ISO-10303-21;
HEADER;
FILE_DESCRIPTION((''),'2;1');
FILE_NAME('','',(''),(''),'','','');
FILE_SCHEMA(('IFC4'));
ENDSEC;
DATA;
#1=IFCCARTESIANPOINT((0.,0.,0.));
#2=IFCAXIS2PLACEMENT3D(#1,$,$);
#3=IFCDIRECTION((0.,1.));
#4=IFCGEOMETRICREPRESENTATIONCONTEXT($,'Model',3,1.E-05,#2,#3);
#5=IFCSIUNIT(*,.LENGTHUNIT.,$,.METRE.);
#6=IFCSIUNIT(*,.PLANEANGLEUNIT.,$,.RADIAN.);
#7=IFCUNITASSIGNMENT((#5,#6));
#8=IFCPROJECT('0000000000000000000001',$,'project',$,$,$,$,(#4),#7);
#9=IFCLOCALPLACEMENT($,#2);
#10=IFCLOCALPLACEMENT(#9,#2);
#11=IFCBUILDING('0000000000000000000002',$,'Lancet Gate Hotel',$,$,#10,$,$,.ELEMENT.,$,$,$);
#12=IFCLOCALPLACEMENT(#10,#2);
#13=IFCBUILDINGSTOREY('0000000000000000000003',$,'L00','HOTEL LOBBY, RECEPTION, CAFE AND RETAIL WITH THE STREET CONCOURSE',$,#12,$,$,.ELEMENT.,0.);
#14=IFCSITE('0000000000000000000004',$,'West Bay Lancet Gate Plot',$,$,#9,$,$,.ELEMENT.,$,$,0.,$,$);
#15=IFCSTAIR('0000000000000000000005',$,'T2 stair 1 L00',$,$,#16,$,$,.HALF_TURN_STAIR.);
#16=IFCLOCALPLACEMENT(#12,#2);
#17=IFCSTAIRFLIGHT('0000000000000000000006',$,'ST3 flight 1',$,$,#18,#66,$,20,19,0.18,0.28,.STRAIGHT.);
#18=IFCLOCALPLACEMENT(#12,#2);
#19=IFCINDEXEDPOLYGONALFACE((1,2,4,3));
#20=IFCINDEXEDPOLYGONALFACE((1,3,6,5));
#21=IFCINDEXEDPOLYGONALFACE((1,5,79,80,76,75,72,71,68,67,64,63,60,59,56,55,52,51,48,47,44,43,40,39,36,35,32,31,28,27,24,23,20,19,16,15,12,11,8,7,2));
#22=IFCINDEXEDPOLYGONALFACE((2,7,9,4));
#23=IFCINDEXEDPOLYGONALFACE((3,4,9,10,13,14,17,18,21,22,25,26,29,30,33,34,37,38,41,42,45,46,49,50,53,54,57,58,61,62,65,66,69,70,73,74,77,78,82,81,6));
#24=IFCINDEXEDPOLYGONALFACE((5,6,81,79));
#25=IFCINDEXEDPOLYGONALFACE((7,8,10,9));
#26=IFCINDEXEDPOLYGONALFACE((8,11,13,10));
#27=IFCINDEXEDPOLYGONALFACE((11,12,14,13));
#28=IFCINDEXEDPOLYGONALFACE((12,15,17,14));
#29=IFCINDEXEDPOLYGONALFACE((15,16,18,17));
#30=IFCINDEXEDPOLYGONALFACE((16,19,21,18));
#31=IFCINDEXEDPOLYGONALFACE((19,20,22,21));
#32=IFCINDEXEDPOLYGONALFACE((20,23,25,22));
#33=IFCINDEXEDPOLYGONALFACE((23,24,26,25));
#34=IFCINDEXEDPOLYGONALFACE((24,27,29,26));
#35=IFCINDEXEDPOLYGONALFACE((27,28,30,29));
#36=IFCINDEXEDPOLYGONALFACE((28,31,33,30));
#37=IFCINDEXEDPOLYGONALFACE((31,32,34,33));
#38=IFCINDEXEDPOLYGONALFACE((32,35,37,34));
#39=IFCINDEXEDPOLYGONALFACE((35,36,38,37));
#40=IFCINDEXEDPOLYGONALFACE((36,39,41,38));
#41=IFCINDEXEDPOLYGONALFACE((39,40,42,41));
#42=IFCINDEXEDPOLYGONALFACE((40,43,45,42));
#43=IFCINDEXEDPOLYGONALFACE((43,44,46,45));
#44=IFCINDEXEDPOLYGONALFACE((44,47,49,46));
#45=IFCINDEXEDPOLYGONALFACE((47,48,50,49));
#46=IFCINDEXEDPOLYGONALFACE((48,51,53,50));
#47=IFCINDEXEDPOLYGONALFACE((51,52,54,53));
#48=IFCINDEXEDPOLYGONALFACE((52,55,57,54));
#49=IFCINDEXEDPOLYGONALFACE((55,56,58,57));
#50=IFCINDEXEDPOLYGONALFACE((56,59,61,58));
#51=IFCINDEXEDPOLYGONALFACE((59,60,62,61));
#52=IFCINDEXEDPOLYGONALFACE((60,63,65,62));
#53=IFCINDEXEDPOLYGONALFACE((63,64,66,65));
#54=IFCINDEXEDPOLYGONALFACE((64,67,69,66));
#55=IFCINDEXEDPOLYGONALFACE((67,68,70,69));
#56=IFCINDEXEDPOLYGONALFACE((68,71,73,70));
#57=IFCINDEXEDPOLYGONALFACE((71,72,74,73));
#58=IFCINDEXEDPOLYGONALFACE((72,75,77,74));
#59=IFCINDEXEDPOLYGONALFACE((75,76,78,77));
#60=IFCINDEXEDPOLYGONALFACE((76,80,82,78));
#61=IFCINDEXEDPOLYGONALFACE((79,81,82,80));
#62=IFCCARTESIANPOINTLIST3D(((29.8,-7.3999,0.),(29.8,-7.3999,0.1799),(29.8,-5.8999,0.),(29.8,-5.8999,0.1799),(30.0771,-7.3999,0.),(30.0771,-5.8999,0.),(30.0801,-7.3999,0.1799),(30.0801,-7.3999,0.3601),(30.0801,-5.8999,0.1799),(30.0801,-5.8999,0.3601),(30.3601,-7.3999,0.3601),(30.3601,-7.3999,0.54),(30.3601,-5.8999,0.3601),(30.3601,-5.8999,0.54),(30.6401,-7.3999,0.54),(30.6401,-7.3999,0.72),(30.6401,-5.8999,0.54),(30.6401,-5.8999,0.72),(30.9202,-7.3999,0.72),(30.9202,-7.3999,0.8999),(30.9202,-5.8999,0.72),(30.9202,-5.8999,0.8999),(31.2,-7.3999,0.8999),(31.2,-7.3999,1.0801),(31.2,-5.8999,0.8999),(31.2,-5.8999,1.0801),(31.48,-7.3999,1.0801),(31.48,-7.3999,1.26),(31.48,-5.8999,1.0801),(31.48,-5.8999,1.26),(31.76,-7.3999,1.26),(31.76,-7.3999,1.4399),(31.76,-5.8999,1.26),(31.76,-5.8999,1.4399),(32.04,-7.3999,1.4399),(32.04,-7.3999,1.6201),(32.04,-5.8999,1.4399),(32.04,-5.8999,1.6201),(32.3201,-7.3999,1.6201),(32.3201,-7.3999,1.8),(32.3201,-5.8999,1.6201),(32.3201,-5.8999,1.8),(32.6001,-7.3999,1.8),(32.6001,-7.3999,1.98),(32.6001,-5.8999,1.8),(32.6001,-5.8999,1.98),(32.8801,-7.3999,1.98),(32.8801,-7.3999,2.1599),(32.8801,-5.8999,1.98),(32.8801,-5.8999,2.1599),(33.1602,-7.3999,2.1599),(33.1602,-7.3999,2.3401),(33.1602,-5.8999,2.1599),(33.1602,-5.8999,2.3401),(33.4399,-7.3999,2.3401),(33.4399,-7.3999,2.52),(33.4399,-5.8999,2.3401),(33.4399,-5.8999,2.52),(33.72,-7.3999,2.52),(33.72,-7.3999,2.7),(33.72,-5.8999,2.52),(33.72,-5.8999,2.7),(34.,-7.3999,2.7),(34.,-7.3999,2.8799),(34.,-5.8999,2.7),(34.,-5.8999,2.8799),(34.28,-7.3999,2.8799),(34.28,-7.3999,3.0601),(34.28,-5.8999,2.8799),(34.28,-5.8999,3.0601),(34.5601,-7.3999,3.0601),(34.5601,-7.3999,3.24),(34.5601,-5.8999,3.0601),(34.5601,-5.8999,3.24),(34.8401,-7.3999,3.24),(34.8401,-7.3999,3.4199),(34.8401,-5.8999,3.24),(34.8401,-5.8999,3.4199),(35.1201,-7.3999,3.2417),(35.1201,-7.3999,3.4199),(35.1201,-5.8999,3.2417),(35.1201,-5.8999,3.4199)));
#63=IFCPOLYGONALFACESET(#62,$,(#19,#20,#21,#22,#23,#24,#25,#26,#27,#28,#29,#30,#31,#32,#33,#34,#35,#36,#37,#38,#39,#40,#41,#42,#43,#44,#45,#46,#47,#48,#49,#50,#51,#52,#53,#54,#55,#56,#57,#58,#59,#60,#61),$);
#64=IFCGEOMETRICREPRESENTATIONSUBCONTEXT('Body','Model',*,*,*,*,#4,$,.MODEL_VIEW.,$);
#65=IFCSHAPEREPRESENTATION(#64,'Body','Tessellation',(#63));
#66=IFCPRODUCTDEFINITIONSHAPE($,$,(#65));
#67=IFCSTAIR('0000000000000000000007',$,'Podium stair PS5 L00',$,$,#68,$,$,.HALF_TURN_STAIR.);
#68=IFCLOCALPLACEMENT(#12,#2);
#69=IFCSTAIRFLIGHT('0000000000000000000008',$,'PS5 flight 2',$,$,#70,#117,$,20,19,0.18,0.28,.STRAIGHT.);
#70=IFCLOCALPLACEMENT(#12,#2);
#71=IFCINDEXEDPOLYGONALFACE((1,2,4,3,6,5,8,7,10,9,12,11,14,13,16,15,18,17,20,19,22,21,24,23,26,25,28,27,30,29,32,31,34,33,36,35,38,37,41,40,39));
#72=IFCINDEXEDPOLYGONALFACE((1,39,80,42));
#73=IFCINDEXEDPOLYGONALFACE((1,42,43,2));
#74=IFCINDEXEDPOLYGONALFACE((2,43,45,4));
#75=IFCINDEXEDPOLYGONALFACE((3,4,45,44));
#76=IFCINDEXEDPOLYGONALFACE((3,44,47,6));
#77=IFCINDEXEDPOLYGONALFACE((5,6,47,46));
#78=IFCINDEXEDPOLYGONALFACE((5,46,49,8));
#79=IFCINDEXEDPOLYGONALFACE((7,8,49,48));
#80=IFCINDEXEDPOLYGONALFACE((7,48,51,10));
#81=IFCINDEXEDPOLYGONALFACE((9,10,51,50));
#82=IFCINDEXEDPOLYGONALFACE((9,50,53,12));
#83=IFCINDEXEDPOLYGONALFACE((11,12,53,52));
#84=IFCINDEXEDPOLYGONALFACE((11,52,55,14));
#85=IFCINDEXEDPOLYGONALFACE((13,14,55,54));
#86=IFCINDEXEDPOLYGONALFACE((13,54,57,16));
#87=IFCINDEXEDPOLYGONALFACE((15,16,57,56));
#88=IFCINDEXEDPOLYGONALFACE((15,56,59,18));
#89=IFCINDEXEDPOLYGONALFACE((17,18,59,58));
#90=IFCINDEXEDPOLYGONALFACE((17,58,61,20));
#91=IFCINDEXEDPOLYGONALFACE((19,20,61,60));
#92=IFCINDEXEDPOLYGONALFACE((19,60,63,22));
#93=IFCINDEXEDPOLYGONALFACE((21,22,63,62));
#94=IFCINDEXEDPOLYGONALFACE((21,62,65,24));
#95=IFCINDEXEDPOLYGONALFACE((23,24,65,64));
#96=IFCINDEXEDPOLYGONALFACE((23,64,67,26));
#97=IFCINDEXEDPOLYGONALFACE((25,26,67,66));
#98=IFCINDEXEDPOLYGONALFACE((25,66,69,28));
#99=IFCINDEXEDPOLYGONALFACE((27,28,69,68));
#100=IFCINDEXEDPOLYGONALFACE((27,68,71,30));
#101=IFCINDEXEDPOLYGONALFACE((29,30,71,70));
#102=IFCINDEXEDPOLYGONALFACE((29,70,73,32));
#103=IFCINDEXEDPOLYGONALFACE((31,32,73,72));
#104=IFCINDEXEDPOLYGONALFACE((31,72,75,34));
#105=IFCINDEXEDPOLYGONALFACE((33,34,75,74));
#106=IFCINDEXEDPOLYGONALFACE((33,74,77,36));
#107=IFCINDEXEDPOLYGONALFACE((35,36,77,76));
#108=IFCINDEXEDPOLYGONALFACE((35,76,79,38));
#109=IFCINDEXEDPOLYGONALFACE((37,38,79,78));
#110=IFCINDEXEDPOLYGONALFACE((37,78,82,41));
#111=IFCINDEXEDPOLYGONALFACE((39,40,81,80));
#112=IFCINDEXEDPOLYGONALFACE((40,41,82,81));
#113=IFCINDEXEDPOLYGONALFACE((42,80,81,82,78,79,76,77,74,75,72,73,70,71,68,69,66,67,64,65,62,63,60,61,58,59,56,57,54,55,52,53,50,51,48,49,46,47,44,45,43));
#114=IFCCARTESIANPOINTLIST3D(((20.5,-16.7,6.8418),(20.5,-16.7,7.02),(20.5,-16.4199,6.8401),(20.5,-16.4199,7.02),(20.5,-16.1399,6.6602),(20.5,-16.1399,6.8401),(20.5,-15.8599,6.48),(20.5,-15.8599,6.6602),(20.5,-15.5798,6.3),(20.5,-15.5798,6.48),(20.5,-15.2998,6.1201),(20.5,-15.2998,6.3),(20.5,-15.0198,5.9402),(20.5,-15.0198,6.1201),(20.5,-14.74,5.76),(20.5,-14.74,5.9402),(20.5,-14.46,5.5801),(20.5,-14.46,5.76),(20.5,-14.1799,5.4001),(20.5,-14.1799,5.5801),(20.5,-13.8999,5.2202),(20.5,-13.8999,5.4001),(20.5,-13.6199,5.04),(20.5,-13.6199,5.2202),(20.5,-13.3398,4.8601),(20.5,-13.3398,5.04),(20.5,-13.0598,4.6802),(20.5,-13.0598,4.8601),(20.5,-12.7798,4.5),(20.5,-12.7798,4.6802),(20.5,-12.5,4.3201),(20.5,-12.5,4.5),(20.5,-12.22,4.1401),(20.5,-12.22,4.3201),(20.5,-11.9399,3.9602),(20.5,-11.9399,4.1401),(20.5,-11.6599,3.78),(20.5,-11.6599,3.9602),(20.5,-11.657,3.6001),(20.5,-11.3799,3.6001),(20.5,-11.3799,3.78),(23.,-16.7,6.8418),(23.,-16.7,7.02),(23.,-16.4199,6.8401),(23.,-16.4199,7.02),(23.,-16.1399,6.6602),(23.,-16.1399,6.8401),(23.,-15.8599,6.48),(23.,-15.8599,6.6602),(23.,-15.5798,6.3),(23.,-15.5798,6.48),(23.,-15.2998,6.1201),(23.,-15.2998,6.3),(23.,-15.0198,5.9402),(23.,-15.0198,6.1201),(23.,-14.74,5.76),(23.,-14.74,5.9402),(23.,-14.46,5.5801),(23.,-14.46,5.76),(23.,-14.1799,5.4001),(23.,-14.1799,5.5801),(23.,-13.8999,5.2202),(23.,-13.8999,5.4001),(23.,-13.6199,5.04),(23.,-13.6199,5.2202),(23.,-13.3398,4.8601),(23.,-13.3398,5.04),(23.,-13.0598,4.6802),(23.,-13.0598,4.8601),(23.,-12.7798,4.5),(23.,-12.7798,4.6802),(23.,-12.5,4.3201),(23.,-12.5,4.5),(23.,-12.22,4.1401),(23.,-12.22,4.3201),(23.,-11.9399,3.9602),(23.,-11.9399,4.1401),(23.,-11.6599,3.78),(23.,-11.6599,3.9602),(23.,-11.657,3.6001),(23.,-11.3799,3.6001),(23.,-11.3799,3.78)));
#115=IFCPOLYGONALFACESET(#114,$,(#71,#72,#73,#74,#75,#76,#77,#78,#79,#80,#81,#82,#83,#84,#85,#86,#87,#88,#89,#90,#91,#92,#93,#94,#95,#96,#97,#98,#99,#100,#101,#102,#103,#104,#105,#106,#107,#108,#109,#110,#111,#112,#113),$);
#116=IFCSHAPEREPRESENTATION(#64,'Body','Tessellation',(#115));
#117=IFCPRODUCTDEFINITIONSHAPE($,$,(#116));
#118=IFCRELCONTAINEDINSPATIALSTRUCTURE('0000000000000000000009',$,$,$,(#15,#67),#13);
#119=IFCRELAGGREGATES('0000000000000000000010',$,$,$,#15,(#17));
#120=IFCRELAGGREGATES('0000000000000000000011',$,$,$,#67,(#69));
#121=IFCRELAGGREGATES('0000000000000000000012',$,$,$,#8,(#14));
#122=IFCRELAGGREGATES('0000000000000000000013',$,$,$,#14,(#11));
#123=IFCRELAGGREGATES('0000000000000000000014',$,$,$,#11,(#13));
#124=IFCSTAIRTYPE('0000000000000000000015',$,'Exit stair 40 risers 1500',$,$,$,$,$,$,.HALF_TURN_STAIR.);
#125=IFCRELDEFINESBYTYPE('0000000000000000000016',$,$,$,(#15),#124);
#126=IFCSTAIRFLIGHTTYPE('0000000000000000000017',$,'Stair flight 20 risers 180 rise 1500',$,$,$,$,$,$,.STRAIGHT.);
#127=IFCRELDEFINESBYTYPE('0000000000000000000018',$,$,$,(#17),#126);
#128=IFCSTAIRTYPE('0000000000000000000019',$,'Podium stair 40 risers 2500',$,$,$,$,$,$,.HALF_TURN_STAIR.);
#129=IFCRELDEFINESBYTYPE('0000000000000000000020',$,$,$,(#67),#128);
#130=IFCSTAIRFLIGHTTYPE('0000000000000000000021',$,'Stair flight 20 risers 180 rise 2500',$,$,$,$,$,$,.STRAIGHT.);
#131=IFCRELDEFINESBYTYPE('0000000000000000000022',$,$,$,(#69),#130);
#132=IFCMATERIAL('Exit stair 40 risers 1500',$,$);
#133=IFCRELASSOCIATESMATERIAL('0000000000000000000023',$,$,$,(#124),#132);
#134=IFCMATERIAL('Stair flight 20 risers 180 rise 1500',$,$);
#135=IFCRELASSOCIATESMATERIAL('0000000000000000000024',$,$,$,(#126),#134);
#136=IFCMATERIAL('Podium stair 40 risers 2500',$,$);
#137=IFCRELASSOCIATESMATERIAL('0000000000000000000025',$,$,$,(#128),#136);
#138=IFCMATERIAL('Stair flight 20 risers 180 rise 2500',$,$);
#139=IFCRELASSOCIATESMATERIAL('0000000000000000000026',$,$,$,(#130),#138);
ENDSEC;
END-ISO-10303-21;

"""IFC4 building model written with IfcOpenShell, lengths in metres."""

from ifc_helpers import new_model, si_unit, direction, frame, origin, place, context, subcontext, project, spatial, polyline, outline, extrude, material, type_object, element, aggregate, save


model = new_model("IFC4")

# Units and contexts
model_context = context("Model", 3, precision=1e-05, world=origin(), true_north=direction((0.0, 1.0)))
body_context = subcontext(model_context, "Body", "Model", "MODEL_VIEW")
ifc_project = project(units=[si_unit("LENGTHUNIT", "METRE"), si_unit("PLANEANGLEUNIT", "RADIAN")], contexts=[model_context])

# Site, building, storey
site_placement = place(None, origin())
site = spatial("IfcSite", under=ifc_project, at=site_placement, Name="West Bay Lancet Gate Plot", CompositionType="ELEMENT", RefElevation=0.0)
building_placement = place(site_placement, origin())
building = spatial("IfcBuilding", under=site, at=building_placement, Name="Lancet Gate Hotel", CompositionType="ELEMENT")
storey_placement = place(building_placement, origin())
storey = spatial("IfcBuildingStorey", under=building, at=storey_placement, Name="L00", Description="HOTEL LOBBY, RECEPTION, CAFE AND RETAIL WITH THE STREET CONCOURSE", CompositionType="ELEMENT", Elevation=0.0)

# Stairs, stair flights
ifc_material_1 = material(Name="Exit stair 40 risers 1500")
stair_type_1 = type_object("IfcStairType", Name="Exit stair 40 risers 1500", PredefinedType="HALF_TURN_STAIR", material=ifc_material_1)
stair_1_placement = place(storey_placement, origin())
stair_1 = element("IfcStair", 1, at=stair_1_placement, inside=storey, type_object=stair_type_1, Name="T2 stair 1 L00", PredefinedType="HALF_TURN_STAIR")
ifc_material_2 = material(Name="Stair flight 20 risers 180 rise 1500")
stair_flight_type_1 = type_object("IfcStairFlightType", Name="Stair flight 20 risers 180 rise 1500", PredefinedType="STRAIGHT", material=ifc_material_2)
stair_flight_1_placement = place(storey_placement, frame((29.8, -6.6499, 0.0), z_axis=(0.0, 0.0, 1.0), x_axis=(1.0, 0.0, 0.0)))
stair_flight_1 = element("IfcStairFlight", 2, at=stair_flight_1_placement, type_object=stair_flight_type_1, Name="ST3 flight 1", NumberOfRisers=20, NumberOfTreads=19, PredefinedType="STRAIGHT", RiserHeight=0.18, TreadLength=0.28, context=body_context, shape_type="SweptSolid", body=[
    extrude(outline(polyline([(0.0, 0.0), (0.0, 0.1799), (0.28, 0.1799), (0.28, 0.3601), (0.5601, 0.3601), (0.5601, 0.54), (0.8401, 0.54), (0.8401, 0.72), (1.1201, 0.72), (1.1201, 0.8999), (1.3999, 0.8999), (1.3999, 1.0801), (1.6799, 1.0801), (1.6799, 1.26), (1.96, 1.26), (1.96, 1.4399), (2.24, 1.4399), (2.24, 1.6201), (2.52, 1.6201), (2.52, 1.8), (2.8, 1.8), (2.8, 1.98), (3.0801, 1.98), (3.0801, 2.1599), (3.3601, 2.1599), (3.3601, 2.3401), (3.6399, 2.3401), (3.6399, 2.52), (3.9199, 2.52), (3.9199, 2.7), (4.2, 2.7), (4.2, 2.8799), (4.48, 2.8799), (4.48, 3.0601), (4.76, 3.0601), (4.76, 3.24), (5.04, 3.24), (5.04, 3.4199), (5.3201, 3.4199), (5.3201, 3.6001), (5.3201, 3.2417), (0.2771, 0.0), (0.0, 0.0)])), frame((0.0, 0.75, 0.0), z_axis=(0.0, -1.0, 0.0), x_axis=(1.0, 0.0, 0.0)), (0.0, 0.0, 1.0), 1.5),
])
aggregate(stair_1, [stair_flight_1])
ifc_material_3 = material(Name="Podium stair 40 risers 2500")
stair_type_2 = type_object("IfcStairType", Name="Podium stair 40 risers 2500", PredefinedType="HALF_TURN_STAIR", material=ifc_material_3)
stair_2_placement = place(storey_placement, origin())
stair_2 = element("IfcStair", 3, at=stair_2_placement, inside=storey, type_object=stair_type_2, Name="Podium stair PS5 L00", PredefinedType="HALF_TURN_STAIR")
ifc_material_4 = material(Name="Stair flight 20 risers 180 rise 2500")
stair_flight_type_2 = type_object("IfcStairFlightType", Name="Stair flight 20 risers 180 rise 2500", PredefinedType="STRAIGHT", material=ifc_material_4)
stair_flight_2_placement = place(storey_placement, frame((21.75, -11.3799, 3.6001), z_axis=(0.0, 0.0, 1.0), x_axis=(0.0, -1.0, 0.0)))
stair_flight_2 = element("IfcStairFlight", 4, at=stair_flight_2_placement, type_object=stair_flight_type_2, Name="PS5 flight 2", NumberOfRisers=20, NumberOfTreads=19, PredefinedType="STRAIGHT", RiserHeight=0.18, TreadLength=0.28, context=body_context, shape_type="SweptSolid", body=[
    extrude(outline(polyline([(0.0, 0.0), (0.0, 0.1799), (0.28, 0.1799), (0.28, 0.3601), (0.5601, 0.3601), (0.5601, 0.54), (0.8401, 0.54), (0.8401, 0.72), (1.1201, 0.72), (1.1201, 0.8999), (1.3999, 0.8999), (1.3999, 1.0801), (1.6799, 1.0801), (1.6799, 1.26), (1.96, 1.26), (1.96, 1.4399), (2.24, 1.4399), (2.24, 1.6201), (2.52, 1.6201), (2.52, 1.8), (2.8, 1.8), (2.8, 1.98), (3.0801, 1.98), (3.0801, 2.1599), (3.3601, 2.1599), (3.3601, 2.3401), (3.6399, 2.3401), (3.6399, 2.52), (3.9199, 2.52), (3.9199, 2.7), (4.2, 2.7), (4.2, 2.8799), (4.48, 2.8799), (4.48, 3.0601), (4.76, 3.0601), (4.76, 3.24), (5.04, 3.24), (5.04, 3.4199), (5.3201, 3.4199), (5.3201, 3.6001), (5.3201, 3.2417), (0.2771, 0.0), (0.0, 0.0)])), frame((0.0, 1.25, 0.0), z_axis=(0.0, -1.0, 0.0), x_axis=(1.0, 0.0, 0.0)), (0.0, 0.0, 1.0), 2.5),
])
aggregate(stair_2, [stair_flight_2])

save(model, "model.ifc")
